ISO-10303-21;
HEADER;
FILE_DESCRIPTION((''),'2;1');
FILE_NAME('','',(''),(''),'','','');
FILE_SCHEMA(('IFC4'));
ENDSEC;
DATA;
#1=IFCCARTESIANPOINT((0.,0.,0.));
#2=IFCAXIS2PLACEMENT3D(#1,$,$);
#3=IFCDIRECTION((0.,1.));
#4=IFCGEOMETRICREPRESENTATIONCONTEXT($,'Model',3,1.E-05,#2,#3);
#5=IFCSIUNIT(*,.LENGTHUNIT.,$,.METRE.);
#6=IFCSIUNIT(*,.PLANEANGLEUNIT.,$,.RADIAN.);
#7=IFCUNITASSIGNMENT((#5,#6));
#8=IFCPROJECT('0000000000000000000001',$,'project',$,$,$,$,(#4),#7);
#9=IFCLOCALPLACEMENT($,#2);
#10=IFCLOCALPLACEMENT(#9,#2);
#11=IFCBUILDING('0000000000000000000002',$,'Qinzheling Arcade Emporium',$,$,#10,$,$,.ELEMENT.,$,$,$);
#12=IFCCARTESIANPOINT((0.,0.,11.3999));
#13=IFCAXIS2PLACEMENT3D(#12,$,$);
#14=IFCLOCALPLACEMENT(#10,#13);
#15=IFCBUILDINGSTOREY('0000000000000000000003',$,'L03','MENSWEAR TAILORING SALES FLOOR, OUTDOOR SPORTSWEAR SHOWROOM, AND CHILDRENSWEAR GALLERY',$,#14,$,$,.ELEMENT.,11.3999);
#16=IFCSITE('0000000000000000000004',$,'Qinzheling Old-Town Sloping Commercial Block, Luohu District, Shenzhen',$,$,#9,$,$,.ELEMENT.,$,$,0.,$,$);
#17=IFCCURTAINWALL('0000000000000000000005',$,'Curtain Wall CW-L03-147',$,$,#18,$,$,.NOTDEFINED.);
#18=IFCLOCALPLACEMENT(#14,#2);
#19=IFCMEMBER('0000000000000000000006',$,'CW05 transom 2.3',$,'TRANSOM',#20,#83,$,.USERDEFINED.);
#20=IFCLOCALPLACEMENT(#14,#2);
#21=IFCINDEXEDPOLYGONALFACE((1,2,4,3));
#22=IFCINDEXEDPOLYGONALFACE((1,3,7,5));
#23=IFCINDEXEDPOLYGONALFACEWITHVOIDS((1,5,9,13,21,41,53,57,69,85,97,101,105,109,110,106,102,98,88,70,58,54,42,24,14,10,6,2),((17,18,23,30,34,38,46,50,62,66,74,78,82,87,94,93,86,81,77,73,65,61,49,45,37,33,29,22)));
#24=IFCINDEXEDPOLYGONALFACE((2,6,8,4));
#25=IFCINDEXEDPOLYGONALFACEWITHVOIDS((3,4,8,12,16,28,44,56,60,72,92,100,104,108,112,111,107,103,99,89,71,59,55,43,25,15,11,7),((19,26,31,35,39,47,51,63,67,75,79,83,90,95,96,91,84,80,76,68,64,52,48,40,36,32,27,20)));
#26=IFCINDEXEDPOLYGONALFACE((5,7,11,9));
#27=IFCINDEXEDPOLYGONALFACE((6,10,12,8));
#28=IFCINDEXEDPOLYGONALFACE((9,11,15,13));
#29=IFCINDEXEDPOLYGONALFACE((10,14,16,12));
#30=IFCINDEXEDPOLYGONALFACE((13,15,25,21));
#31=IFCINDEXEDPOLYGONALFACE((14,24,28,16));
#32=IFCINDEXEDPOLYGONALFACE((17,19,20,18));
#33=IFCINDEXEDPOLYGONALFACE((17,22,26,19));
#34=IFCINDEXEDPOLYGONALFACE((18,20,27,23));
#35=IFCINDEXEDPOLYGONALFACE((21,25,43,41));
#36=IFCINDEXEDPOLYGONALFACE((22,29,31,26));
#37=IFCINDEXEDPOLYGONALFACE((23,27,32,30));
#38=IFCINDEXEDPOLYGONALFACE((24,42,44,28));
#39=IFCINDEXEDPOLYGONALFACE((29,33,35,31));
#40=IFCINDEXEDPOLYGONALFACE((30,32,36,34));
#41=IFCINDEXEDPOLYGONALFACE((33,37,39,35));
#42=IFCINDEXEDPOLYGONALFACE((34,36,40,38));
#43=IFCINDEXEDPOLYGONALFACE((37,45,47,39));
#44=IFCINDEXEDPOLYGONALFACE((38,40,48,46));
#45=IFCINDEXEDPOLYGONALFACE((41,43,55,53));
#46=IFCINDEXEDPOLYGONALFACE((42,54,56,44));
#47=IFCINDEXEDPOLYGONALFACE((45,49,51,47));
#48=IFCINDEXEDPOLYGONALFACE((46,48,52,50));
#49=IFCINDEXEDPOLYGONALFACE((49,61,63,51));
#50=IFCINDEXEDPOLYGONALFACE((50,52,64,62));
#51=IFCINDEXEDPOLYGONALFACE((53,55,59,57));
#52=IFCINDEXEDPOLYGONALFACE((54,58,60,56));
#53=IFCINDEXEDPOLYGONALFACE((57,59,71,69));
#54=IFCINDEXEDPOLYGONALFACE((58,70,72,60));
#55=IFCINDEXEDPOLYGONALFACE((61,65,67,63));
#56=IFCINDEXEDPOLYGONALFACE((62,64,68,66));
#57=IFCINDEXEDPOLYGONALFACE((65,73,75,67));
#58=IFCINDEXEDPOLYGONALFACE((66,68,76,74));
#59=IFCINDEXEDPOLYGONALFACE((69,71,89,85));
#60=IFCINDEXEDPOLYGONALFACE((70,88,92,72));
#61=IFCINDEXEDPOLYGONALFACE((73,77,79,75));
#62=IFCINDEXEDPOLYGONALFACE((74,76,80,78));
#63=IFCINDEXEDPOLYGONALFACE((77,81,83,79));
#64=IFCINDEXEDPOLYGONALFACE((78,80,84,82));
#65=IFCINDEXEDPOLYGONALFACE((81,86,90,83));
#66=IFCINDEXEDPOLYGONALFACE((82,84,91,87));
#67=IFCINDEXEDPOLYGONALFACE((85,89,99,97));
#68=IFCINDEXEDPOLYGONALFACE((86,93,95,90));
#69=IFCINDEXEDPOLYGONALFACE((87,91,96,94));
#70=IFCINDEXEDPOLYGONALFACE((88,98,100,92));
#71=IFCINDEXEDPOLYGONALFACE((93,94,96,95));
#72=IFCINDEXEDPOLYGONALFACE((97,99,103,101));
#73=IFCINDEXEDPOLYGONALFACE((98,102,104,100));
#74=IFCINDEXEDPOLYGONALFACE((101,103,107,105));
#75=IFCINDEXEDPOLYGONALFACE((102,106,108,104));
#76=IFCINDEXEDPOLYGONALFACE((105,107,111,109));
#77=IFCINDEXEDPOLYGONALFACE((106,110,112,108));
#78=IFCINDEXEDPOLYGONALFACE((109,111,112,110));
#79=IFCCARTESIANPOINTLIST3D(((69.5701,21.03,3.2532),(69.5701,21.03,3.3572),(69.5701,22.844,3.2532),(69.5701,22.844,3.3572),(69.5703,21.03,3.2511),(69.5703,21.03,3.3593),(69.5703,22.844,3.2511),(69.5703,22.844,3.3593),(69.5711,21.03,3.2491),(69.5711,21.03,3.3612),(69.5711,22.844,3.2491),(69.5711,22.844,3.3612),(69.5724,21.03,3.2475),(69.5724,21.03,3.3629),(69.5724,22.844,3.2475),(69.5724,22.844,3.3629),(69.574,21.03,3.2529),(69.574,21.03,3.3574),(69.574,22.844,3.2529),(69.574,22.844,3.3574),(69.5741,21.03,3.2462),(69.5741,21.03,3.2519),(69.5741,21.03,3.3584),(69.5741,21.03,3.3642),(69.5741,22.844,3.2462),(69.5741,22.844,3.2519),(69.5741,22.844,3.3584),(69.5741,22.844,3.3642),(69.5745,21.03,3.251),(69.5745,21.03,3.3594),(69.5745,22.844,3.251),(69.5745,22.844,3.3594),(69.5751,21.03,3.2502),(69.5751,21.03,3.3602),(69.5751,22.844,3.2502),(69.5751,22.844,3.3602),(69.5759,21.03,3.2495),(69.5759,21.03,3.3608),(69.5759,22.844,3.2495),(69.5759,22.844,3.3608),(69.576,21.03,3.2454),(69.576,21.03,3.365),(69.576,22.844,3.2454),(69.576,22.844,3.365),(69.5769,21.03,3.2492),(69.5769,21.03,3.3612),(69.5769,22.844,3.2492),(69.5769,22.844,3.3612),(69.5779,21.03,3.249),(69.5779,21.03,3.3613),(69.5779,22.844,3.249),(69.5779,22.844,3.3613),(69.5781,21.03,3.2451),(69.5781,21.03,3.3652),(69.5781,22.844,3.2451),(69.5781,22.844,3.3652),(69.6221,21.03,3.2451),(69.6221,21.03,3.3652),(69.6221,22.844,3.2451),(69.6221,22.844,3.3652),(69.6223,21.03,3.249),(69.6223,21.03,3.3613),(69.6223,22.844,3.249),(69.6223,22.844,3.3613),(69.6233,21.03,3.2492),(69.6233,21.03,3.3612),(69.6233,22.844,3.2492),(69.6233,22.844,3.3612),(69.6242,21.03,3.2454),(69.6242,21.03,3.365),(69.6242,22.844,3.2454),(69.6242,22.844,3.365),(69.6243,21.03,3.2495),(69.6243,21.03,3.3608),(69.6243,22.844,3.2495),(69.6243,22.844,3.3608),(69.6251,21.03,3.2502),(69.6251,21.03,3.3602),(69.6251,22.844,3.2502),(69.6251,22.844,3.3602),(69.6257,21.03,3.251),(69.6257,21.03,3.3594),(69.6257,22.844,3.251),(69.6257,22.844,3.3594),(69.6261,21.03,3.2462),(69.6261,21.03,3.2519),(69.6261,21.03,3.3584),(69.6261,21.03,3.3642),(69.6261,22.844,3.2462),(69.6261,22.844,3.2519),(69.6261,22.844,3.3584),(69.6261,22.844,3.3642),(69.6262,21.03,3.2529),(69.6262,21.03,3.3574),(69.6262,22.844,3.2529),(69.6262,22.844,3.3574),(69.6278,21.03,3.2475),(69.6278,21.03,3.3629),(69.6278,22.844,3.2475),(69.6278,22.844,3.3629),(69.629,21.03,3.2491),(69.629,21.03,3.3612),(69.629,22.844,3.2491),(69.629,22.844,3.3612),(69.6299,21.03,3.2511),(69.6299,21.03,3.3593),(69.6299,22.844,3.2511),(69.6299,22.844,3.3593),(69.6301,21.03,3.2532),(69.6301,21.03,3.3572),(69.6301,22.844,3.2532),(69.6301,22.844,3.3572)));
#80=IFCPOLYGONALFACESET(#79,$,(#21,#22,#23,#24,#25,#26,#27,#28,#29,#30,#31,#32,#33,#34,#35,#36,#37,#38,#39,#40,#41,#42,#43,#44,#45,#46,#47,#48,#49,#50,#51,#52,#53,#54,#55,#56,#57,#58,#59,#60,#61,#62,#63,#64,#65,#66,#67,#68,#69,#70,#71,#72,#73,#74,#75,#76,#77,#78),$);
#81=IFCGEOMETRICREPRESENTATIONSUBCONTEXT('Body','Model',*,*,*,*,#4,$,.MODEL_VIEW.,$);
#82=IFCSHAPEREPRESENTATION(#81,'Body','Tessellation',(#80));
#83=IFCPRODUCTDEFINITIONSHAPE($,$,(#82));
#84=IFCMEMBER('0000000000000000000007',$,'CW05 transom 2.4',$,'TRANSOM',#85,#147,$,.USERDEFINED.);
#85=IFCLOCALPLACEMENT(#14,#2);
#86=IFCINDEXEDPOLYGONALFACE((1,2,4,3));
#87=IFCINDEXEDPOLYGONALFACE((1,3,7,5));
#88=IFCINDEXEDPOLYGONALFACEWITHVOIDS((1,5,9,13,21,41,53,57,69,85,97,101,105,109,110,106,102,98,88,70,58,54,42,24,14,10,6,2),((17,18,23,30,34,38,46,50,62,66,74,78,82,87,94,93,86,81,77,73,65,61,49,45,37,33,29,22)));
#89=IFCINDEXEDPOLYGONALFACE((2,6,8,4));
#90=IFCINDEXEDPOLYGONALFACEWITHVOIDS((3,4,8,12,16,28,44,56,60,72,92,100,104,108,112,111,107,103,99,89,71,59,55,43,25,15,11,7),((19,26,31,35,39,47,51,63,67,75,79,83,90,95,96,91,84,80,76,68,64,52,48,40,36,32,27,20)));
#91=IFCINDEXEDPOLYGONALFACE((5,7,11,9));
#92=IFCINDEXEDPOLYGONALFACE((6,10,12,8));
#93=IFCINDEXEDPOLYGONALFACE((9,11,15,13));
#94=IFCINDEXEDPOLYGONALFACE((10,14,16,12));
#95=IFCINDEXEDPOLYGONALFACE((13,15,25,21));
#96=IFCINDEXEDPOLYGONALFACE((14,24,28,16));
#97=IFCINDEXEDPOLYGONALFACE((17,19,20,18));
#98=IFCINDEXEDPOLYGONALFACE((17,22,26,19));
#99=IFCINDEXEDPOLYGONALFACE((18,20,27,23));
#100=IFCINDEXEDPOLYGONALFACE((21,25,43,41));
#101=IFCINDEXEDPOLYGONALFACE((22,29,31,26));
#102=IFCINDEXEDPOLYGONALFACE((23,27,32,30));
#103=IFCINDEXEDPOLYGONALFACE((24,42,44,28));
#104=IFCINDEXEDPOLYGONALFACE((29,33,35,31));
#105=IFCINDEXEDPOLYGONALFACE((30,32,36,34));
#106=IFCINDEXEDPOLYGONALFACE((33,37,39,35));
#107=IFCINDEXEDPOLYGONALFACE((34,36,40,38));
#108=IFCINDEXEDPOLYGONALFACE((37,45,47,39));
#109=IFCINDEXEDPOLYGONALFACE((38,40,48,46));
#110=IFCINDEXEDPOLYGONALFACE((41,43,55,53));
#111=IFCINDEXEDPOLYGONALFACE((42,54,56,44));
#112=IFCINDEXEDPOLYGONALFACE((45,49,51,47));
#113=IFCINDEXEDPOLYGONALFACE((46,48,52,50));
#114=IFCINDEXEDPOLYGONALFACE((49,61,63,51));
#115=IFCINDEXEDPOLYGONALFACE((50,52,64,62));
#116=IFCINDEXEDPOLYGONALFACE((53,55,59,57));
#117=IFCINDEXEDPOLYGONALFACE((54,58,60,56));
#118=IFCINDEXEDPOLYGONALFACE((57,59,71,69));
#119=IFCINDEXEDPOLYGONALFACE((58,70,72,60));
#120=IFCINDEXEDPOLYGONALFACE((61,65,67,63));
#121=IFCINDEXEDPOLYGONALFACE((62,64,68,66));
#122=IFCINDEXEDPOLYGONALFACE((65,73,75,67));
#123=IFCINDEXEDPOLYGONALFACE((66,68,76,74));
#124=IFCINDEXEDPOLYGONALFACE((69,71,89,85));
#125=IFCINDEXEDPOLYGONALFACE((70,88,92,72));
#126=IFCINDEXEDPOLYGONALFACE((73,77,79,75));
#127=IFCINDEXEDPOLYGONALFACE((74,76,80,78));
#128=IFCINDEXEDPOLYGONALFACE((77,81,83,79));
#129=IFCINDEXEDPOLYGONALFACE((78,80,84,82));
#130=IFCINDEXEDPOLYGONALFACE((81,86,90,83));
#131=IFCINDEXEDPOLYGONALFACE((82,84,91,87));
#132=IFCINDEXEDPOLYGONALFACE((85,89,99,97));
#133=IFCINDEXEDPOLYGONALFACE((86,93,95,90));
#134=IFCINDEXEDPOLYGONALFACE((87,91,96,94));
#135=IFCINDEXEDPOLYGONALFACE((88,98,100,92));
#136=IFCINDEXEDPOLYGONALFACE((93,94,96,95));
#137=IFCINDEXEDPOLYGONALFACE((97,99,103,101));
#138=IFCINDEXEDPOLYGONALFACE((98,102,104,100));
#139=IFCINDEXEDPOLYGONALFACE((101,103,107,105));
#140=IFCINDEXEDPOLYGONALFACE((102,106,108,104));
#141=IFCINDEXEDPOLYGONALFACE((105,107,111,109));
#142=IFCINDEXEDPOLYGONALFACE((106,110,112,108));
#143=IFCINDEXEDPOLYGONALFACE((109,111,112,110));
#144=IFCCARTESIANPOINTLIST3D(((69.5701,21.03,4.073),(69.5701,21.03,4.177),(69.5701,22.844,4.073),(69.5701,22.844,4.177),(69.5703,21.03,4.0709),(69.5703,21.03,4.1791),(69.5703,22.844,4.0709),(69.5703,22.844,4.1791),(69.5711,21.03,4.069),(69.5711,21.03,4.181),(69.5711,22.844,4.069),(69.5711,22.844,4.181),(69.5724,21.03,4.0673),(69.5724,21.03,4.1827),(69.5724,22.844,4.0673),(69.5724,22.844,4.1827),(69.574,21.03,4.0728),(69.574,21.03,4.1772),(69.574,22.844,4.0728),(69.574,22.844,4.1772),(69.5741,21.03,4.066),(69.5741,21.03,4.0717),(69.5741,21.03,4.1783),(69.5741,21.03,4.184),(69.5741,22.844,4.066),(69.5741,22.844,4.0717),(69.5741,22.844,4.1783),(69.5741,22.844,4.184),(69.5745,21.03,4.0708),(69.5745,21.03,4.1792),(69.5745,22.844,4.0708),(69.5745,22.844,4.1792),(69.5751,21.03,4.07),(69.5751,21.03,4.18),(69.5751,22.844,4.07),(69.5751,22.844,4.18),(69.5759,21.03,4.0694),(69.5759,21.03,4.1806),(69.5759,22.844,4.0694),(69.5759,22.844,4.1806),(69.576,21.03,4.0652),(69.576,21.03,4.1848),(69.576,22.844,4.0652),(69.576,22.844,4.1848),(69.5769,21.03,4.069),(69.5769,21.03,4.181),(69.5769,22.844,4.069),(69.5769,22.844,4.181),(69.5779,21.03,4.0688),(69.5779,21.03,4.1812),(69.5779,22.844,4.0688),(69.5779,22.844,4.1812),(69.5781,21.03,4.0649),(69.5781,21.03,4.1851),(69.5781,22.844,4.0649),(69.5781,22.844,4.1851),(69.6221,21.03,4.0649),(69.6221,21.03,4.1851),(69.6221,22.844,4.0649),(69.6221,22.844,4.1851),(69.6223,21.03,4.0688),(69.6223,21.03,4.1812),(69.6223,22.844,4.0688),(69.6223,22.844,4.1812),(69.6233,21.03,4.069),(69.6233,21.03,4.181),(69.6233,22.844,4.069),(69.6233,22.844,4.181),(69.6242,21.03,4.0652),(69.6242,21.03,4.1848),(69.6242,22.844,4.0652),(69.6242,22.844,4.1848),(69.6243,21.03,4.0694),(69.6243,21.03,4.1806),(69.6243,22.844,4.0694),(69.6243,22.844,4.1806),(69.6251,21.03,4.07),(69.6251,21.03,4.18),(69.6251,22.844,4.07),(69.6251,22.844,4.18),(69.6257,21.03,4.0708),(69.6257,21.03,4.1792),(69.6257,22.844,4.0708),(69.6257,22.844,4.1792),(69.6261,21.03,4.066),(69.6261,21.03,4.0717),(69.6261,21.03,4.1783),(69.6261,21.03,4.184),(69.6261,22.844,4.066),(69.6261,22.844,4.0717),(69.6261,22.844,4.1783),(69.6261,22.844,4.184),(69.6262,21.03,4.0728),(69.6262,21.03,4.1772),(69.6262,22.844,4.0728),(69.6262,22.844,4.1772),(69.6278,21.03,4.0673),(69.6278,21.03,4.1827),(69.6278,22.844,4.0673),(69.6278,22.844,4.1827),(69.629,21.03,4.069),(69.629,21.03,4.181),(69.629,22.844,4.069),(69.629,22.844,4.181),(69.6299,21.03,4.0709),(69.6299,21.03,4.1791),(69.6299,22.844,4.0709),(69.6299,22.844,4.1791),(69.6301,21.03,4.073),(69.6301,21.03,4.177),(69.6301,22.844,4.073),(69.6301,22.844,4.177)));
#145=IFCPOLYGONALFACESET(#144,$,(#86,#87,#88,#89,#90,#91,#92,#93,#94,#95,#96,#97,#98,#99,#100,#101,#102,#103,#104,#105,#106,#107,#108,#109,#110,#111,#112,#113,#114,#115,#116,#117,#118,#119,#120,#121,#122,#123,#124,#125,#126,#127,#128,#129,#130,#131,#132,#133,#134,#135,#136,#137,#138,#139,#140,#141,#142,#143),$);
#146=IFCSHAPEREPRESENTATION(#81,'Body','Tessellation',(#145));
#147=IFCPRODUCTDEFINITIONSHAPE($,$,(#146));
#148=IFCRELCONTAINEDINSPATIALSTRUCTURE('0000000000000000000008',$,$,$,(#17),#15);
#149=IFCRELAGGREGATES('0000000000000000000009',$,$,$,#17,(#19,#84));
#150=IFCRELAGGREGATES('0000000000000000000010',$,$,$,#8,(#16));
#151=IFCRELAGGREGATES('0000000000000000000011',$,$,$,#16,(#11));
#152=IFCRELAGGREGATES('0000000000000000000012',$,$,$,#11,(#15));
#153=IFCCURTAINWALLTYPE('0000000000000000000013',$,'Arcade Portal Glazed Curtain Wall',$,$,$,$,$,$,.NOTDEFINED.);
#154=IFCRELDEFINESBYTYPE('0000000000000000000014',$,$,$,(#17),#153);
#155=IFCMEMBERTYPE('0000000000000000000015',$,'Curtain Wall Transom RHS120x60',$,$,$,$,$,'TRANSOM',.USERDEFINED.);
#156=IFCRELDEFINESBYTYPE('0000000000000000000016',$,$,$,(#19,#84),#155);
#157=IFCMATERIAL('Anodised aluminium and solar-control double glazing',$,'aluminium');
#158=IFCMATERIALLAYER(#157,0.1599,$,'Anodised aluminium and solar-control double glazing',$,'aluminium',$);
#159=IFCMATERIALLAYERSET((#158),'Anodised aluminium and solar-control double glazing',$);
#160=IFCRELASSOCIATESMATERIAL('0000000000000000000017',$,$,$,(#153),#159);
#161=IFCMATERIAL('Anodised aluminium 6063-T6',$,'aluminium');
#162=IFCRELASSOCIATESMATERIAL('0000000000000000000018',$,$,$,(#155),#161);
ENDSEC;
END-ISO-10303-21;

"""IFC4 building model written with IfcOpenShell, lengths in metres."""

from ifc_helpers import new_model, si_unit, direction, frame, origin, origin_2d, place, context, subcontext, project, spatial, hollow_rectangle, extrude, material, layer, layer_set, material_profile, profile_set, type_object, element, aggregate, save


model = new_model("IFC4")

# Units and contexts
model_context = context("Model", 3, precision=1e-05, world=origin(), true_north=direction((0.0, 1.0)))
body_context = subcontext(model_context, "Body", "Model", "MODEL_VIEW")
ifc_project = project(units=[si_unit("LENGTHUNIT", "METRE"), si_unit("PLANEANGLEUNIT", "RADIAN")], contexts=[model_context])

# Site, building, storey
site_placement = place(None, origin())
site = spatial("IfcSite", under=ifc_project, at=site_placement, Name="Qinzheling Old-Town Sloping Commercial Block, Luohu District, Shenzhen", CompositionType="ELEMENT", RefElevation=0.0)
building_placement = place(site_placement, origin())
building = spatial("IfcBuilding", under=site, at=building_placement, Name="Qinzheling Arcade Emporium", CompositionType="ELEMENT")
storey_placement = place(building_placement, frame((0.0, 0.0, 11.3999)))
storey = spatial("IfcBuildingStorey", under=building, at=storey_placement, Name="L03", Description="MENSWEAR TAILORING SALES FLOOR, OUTDOOR SPORTSWEAR SHOWROOM, AND CHILDRENSWEAR GALLERY", CompositionType="ELEMENT", Elevation=11.3999)

# Shared definitions
ifc_material_1 = material(Name="Anodised aluminium and solar-control double glazing", Category="aluminium")
ifc_layer_1 = layer(ifc_material_1, 0.1599, Name="Anodised aluminium and solar-control double glazing", Category="aluminium")
ifc_layer_set_1 = layer_set([ifc_layer_1], Name="Anodised aluminium and solar-control double glazing")
curtain_wall_type = type_object("IfcCurtainWallType", Name="Arcade Portal Glazed Curtain Wall", PredefinedType="NOTDEFINED", material=ifc_layer_set_1)
ifc_material_2 = material(Name="Anodised aluminium 6063-T6", Category="aluminium")

# Curtain wall
curtain_wall_1_placement = place(storey_placement, origin())
curtain_wall_1 = element("IfcCurtainWall", 1, at=curtain_wall_1_placement, inside=storey, type_object=curtain_wall_type, Name="Curtain Wall CW-L03-147", PredefinedType="NOTDEFINED")

# Members
ifc_material_profile_1 = material_profile(ifc_material_2, hollow_rectangle(XDim=0.0601, YDim=0.1201, WallThickness=0.0039, InnerFilletRadius=0.0039, OuterFilletRadius=0.0081, at=origin_2d()), Name="RHS 120x60x4", Category="aluminium")
ifc_profile_set_1 = profile_set([ifc_material_profile_1], Name="Anodised aluminium 6063-T6")
member_type_1 = type_object("IfcMemberType", Name="Curtain Wall Transom RHS120x60", ElementType="TRANSOM", PredefinedType="USERDEFINED", material=ifc_profile_set_1)
member_1_placement = place(storey_placement, frame((69.6001, 22.844, 3.3052), z_axis=(0.0, -1.0, 0.0), x_axis=(1.0, 0.0, 0.0)))
member_1 = element("IfcMember", 2, at=member_1_placement, type_object=member_type_1, Name="CW05 transom 2.3", ObjectType="TRANSOM", PredefinedType="USERDEFINED", context=body_context, shape_type="SweptSolid", body=[
    extrude(hollow_rectangle(XDim=0.0601, YDim=0.1201, WallThickness=0.0039, InnerFilletRadius=0.0039, OuterFilletRadius=0.0081, at=origin_2d()), origin(), (0.0, 0.0, 1.0), 1.814),
])
member_2_placement = place(storey_placement, frame((69.6001, 22.844, 4.125), z_axis=(0.0, -1.0, 0.0), x_axis=(1.0, 0.0, 0.0)))
member_2 = element("IfcMember", 3, at=member_2_placement, type_object=member_type_1, Name="CW05 transom 2.4", ObjectType="TRANSOM", PredefinedType="USERDEFINED", context=body_context, shape_type="SweptSolid", body=[
    extrude(hollow_rectangle(XDim=0.0601, YDim=0.1201, WallThickness=0.0039, InnerFilletRadius=0.0039, OuterFilletRadius=0.0081, at=origin_2d()), origin(), (0.0, 0.0, 1.0), 1.814),
])

aggregate(curtain_wall_1, [member_1, member_2])

save(model, "model.ifc")
